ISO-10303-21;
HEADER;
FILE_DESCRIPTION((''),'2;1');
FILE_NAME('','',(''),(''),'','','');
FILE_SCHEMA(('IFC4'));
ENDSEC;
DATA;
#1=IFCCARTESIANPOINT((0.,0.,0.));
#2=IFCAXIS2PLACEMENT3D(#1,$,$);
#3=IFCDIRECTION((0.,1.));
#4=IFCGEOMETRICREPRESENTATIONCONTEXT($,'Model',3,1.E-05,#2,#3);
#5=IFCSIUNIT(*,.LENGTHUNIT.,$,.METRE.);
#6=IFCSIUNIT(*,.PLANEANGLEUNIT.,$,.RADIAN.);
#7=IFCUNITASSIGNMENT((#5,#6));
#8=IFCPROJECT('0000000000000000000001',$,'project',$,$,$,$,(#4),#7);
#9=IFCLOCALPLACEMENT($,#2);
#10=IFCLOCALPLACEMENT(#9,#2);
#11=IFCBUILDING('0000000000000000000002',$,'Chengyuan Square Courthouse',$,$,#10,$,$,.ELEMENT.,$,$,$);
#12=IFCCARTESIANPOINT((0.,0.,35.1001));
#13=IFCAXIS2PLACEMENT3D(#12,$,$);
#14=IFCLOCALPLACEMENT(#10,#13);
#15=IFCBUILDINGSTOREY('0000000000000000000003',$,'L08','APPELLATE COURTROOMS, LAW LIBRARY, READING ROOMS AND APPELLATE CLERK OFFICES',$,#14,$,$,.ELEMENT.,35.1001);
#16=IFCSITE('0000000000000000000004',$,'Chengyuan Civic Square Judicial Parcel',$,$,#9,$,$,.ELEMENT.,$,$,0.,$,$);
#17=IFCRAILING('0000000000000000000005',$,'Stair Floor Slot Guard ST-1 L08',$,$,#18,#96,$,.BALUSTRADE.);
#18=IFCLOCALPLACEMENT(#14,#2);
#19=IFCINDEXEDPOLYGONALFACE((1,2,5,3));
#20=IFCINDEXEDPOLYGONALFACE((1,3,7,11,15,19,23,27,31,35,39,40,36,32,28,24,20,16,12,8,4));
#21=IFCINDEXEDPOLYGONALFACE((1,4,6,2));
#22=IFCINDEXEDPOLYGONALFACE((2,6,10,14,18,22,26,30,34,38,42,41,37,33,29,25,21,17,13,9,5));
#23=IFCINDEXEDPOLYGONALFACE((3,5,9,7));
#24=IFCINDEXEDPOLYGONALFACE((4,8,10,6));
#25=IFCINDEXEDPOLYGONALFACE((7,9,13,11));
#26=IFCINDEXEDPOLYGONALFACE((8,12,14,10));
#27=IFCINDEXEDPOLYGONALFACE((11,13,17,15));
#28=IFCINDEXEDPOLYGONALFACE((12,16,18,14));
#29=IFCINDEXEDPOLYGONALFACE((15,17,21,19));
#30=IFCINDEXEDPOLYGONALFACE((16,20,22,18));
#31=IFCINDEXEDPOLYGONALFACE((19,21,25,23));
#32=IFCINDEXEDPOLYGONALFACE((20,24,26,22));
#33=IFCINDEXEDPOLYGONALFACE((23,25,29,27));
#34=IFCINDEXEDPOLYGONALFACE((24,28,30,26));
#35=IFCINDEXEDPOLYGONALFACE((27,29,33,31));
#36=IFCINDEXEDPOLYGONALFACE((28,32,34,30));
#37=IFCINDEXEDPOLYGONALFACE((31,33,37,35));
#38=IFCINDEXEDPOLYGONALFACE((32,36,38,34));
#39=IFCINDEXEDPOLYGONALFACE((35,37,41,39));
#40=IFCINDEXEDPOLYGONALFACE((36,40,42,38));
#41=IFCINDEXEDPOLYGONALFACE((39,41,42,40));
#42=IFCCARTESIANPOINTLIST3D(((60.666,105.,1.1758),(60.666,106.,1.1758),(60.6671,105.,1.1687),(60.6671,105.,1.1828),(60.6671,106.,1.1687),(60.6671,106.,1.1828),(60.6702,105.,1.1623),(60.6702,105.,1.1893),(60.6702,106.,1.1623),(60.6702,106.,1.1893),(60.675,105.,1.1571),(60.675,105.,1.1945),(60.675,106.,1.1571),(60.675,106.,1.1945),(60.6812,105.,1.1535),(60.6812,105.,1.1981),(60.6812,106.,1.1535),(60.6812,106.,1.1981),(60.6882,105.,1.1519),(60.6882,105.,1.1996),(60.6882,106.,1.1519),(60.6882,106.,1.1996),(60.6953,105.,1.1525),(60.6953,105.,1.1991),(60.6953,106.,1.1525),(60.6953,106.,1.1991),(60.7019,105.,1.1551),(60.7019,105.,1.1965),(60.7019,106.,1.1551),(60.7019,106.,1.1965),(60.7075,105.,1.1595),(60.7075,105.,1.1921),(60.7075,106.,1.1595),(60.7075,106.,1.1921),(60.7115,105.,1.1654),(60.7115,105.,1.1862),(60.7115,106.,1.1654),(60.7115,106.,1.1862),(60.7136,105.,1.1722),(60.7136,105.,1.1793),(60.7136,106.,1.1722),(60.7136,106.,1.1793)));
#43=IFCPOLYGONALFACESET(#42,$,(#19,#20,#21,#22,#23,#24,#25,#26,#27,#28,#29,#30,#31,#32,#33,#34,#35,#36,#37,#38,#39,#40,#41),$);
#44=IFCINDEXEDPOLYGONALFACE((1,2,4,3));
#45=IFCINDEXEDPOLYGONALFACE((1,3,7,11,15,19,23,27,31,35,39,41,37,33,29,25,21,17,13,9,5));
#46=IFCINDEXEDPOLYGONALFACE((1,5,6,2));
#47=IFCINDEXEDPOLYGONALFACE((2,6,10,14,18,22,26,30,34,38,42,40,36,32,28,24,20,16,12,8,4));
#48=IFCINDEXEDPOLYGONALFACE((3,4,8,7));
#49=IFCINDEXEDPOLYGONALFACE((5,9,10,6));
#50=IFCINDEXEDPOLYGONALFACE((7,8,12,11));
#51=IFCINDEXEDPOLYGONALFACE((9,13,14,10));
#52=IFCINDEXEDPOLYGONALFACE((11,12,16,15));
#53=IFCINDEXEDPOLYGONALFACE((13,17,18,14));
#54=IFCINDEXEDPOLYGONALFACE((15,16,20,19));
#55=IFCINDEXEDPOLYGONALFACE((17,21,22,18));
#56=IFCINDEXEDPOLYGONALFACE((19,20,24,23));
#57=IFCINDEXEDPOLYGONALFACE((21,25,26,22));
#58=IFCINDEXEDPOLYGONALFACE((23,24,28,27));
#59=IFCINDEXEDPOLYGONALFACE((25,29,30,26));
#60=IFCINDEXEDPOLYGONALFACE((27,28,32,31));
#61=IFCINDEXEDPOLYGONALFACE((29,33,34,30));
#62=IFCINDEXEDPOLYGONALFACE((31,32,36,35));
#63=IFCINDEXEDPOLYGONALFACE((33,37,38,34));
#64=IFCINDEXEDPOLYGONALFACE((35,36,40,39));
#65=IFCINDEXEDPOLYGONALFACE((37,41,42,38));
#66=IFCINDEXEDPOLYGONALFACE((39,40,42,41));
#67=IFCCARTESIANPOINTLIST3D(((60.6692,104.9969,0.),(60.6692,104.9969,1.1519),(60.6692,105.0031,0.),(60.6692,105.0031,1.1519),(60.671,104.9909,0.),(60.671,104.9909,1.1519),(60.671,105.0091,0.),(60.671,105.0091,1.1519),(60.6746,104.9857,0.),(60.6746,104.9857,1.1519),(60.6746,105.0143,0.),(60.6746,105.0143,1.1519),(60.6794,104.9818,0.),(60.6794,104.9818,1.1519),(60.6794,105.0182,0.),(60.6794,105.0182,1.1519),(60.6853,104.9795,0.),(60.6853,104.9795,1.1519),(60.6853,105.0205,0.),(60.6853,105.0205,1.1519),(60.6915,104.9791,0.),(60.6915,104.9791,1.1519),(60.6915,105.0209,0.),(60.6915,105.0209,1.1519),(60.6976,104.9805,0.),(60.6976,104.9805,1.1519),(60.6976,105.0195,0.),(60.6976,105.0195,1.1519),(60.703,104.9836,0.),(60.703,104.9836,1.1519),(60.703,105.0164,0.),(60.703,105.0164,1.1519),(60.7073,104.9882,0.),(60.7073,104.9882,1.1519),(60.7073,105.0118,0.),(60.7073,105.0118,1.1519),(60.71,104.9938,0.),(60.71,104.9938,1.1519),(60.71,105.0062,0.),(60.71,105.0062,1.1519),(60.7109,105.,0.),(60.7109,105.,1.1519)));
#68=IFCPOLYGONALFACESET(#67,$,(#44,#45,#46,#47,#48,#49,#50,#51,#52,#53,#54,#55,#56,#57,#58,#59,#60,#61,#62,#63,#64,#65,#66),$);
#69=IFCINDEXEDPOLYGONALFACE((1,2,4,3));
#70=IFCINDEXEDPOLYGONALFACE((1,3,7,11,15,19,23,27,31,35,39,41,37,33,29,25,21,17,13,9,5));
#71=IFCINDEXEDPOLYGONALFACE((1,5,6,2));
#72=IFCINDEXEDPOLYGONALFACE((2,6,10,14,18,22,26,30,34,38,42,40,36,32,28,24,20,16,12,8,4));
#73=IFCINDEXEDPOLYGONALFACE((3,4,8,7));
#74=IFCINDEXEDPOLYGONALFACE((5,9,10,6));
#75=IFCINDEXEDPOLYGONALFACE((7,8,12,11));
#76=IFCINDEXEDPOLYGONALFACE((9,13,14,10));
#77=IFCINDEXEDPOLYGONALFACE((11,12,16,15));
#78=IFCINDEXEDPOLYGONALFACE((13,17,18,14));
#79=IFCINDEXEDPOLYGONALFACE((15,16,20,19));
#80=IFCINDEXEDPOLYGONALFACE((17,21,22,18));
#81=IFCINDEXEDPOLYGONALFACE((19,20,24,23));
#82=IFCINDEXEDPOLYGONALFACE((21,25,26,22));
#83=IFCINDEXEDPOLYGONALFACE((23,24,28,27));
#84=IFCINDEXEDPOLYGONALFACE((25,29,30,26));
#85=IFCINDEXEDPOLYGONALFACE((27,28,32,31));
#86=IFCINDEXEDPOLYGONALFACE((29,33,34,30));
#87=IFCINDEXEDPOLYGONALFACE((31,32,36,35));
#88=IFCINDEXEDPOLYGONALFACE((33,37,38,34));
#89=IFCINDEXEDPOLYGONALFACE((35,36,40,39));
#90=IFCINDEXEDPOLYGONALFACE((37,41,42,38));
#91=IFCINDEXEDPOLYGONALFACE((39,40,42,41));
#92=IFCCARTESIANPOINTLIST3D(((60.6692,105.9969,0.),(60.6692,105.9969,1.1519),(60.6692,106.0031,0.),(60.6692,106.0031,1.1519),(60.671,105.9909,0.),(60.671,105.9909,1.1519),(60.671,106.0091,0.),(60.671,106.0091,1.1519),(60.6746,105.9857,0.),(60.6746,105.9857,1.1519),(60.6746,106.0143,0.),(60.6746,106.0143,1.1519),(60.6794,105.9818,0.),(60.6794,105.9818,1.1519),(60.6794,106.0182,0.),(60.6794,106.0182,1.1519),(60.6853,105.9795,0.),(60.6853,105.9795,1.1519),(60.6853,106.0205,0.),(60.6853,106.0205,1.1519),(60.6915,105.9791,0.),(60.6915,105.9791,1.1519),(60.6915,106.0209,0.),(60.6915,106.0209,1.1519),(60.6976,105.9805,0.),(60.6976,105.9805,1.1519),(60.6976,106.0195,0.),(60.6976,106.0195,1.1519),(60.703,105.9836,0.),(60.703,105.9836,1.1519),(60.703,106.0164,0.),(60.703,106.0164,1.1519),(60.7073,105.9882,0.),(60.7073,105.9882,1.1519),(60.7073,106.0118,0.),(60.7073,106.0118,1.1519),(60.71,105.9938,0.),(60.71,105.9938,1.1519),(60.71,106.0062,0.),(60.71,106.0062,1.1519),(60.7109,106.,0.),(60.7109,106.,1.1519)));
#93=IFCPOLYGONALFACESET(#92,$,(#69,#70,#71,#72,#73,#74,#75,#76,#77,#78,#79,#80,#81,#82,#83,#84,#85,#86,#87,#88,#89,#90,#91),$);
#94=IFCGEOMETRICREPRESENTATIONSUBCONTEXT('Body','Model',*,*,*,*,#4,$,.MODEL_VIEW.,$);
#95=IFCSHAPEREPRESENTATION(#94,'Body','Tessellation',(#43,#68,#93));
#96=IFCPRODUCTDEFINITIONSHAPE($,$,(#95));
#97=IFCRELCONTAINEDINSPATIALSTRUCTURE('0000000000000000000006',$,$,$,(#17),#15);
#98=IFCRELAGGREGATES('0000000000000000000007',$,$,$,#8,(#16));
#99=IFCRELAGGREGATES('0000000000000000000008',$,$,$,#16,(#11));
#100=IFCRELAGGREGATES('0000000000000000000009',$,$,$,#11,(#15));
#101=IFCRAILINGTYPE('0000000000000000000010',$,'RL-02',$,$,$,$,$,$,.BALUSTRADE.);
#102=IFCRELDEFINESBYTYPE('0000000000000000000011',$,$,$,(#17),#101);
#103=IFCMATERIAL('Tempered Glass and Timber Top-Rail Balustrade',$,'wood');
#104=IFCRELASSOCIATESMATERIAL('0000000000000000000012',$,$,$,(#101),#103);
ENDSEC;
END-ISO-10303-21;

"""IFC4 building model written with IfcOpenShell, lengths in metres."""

from ifc_helpers import new_model, si_unit, direction, frame, origin, origin_2d, place, context, subcontext, project, spatial, circle, extrude, material, type_object, element, save


model = new_model("IFC4")

# Units and contexts
model_context = context("Model", 3, precision=1e-05, world=origin(), true_north=direction((0.0, 1.0)))
body_context = subcontext(model_context, "Body", "Model", "MODEL_VIEW")
ifc_project = project(units=[si_unit("LENGTHUNIT", "METRE"), si_unit("PLANEANGLEUNIT", "RADIAN")], contexts=[model_context])

# Site, building, storey
site_placement = place(None, origin())
site = spatial("IfcSite", under=ifc_project, at=site_placement, Name="Chengyuan Civic Square Judicial Parcel", CompositionType="ELEMENT", RefElevation=0.0)
building_placement = place(site_placement, origin())
building = spatial("IfcBuilding", under=site, at=building_placement, Name="Chengyuan Square Courthouse", CompositionType="ELEMENT")
storey_placement = place(building_placement, frame((0.0, 0.0, 35.1001)))
storey = spatial("IfcBuildingStorey", under=building, at=storey_placement, Name="L08", Description="APPELLATE COURTROOMS, LAW LIBRARY, READING ROOMS AND APPELLATE CLERK OFFICES", CompositionType="ELEMENT", Elevation=35.1001)

# Railing
ifc_material_1 = material(Name="Tempered Glass and Timber Top-Rail Balustrade", Category="wood")
railing_type = type_object("IfcRailingType", Name="RL-02", PredefinedType="BALUSTRADE", material=ifc_material_1)
railing_placement = place(storey_placement, frame((60.6899, 105.0, 0.0)))
element("IfcRailing", 1, at=railing_placement, inside=storey, type_object=railing_type, Name="Stair Floor Slot Guard ST-1 L08", PredefinedType="BALUSTRADE", context=body_context, shape_type="SweptSolid", body=[
    extrude(circle(Radius=0.0239, at=origin_2d()), frame((0.0, 0.0, 1.1758), z_axis=(0.0, 1.0, 0.0), x_axis=(-1.0, 0.0, 0.0)), (0.0, 0.0, 1.0), 1.0),
    extrude(circle(Radius=0.021, at=origin_2d()), origin(), (0.0, 0.0, 1.0), 1.1519),
    extrude(circle(Radius=0.021, at=origin_2d()), frame((0.0, 1.0, 0.0)), (0.0, 0.0, 1.0), 1.1519),
])

save(model, "model.ifc")
